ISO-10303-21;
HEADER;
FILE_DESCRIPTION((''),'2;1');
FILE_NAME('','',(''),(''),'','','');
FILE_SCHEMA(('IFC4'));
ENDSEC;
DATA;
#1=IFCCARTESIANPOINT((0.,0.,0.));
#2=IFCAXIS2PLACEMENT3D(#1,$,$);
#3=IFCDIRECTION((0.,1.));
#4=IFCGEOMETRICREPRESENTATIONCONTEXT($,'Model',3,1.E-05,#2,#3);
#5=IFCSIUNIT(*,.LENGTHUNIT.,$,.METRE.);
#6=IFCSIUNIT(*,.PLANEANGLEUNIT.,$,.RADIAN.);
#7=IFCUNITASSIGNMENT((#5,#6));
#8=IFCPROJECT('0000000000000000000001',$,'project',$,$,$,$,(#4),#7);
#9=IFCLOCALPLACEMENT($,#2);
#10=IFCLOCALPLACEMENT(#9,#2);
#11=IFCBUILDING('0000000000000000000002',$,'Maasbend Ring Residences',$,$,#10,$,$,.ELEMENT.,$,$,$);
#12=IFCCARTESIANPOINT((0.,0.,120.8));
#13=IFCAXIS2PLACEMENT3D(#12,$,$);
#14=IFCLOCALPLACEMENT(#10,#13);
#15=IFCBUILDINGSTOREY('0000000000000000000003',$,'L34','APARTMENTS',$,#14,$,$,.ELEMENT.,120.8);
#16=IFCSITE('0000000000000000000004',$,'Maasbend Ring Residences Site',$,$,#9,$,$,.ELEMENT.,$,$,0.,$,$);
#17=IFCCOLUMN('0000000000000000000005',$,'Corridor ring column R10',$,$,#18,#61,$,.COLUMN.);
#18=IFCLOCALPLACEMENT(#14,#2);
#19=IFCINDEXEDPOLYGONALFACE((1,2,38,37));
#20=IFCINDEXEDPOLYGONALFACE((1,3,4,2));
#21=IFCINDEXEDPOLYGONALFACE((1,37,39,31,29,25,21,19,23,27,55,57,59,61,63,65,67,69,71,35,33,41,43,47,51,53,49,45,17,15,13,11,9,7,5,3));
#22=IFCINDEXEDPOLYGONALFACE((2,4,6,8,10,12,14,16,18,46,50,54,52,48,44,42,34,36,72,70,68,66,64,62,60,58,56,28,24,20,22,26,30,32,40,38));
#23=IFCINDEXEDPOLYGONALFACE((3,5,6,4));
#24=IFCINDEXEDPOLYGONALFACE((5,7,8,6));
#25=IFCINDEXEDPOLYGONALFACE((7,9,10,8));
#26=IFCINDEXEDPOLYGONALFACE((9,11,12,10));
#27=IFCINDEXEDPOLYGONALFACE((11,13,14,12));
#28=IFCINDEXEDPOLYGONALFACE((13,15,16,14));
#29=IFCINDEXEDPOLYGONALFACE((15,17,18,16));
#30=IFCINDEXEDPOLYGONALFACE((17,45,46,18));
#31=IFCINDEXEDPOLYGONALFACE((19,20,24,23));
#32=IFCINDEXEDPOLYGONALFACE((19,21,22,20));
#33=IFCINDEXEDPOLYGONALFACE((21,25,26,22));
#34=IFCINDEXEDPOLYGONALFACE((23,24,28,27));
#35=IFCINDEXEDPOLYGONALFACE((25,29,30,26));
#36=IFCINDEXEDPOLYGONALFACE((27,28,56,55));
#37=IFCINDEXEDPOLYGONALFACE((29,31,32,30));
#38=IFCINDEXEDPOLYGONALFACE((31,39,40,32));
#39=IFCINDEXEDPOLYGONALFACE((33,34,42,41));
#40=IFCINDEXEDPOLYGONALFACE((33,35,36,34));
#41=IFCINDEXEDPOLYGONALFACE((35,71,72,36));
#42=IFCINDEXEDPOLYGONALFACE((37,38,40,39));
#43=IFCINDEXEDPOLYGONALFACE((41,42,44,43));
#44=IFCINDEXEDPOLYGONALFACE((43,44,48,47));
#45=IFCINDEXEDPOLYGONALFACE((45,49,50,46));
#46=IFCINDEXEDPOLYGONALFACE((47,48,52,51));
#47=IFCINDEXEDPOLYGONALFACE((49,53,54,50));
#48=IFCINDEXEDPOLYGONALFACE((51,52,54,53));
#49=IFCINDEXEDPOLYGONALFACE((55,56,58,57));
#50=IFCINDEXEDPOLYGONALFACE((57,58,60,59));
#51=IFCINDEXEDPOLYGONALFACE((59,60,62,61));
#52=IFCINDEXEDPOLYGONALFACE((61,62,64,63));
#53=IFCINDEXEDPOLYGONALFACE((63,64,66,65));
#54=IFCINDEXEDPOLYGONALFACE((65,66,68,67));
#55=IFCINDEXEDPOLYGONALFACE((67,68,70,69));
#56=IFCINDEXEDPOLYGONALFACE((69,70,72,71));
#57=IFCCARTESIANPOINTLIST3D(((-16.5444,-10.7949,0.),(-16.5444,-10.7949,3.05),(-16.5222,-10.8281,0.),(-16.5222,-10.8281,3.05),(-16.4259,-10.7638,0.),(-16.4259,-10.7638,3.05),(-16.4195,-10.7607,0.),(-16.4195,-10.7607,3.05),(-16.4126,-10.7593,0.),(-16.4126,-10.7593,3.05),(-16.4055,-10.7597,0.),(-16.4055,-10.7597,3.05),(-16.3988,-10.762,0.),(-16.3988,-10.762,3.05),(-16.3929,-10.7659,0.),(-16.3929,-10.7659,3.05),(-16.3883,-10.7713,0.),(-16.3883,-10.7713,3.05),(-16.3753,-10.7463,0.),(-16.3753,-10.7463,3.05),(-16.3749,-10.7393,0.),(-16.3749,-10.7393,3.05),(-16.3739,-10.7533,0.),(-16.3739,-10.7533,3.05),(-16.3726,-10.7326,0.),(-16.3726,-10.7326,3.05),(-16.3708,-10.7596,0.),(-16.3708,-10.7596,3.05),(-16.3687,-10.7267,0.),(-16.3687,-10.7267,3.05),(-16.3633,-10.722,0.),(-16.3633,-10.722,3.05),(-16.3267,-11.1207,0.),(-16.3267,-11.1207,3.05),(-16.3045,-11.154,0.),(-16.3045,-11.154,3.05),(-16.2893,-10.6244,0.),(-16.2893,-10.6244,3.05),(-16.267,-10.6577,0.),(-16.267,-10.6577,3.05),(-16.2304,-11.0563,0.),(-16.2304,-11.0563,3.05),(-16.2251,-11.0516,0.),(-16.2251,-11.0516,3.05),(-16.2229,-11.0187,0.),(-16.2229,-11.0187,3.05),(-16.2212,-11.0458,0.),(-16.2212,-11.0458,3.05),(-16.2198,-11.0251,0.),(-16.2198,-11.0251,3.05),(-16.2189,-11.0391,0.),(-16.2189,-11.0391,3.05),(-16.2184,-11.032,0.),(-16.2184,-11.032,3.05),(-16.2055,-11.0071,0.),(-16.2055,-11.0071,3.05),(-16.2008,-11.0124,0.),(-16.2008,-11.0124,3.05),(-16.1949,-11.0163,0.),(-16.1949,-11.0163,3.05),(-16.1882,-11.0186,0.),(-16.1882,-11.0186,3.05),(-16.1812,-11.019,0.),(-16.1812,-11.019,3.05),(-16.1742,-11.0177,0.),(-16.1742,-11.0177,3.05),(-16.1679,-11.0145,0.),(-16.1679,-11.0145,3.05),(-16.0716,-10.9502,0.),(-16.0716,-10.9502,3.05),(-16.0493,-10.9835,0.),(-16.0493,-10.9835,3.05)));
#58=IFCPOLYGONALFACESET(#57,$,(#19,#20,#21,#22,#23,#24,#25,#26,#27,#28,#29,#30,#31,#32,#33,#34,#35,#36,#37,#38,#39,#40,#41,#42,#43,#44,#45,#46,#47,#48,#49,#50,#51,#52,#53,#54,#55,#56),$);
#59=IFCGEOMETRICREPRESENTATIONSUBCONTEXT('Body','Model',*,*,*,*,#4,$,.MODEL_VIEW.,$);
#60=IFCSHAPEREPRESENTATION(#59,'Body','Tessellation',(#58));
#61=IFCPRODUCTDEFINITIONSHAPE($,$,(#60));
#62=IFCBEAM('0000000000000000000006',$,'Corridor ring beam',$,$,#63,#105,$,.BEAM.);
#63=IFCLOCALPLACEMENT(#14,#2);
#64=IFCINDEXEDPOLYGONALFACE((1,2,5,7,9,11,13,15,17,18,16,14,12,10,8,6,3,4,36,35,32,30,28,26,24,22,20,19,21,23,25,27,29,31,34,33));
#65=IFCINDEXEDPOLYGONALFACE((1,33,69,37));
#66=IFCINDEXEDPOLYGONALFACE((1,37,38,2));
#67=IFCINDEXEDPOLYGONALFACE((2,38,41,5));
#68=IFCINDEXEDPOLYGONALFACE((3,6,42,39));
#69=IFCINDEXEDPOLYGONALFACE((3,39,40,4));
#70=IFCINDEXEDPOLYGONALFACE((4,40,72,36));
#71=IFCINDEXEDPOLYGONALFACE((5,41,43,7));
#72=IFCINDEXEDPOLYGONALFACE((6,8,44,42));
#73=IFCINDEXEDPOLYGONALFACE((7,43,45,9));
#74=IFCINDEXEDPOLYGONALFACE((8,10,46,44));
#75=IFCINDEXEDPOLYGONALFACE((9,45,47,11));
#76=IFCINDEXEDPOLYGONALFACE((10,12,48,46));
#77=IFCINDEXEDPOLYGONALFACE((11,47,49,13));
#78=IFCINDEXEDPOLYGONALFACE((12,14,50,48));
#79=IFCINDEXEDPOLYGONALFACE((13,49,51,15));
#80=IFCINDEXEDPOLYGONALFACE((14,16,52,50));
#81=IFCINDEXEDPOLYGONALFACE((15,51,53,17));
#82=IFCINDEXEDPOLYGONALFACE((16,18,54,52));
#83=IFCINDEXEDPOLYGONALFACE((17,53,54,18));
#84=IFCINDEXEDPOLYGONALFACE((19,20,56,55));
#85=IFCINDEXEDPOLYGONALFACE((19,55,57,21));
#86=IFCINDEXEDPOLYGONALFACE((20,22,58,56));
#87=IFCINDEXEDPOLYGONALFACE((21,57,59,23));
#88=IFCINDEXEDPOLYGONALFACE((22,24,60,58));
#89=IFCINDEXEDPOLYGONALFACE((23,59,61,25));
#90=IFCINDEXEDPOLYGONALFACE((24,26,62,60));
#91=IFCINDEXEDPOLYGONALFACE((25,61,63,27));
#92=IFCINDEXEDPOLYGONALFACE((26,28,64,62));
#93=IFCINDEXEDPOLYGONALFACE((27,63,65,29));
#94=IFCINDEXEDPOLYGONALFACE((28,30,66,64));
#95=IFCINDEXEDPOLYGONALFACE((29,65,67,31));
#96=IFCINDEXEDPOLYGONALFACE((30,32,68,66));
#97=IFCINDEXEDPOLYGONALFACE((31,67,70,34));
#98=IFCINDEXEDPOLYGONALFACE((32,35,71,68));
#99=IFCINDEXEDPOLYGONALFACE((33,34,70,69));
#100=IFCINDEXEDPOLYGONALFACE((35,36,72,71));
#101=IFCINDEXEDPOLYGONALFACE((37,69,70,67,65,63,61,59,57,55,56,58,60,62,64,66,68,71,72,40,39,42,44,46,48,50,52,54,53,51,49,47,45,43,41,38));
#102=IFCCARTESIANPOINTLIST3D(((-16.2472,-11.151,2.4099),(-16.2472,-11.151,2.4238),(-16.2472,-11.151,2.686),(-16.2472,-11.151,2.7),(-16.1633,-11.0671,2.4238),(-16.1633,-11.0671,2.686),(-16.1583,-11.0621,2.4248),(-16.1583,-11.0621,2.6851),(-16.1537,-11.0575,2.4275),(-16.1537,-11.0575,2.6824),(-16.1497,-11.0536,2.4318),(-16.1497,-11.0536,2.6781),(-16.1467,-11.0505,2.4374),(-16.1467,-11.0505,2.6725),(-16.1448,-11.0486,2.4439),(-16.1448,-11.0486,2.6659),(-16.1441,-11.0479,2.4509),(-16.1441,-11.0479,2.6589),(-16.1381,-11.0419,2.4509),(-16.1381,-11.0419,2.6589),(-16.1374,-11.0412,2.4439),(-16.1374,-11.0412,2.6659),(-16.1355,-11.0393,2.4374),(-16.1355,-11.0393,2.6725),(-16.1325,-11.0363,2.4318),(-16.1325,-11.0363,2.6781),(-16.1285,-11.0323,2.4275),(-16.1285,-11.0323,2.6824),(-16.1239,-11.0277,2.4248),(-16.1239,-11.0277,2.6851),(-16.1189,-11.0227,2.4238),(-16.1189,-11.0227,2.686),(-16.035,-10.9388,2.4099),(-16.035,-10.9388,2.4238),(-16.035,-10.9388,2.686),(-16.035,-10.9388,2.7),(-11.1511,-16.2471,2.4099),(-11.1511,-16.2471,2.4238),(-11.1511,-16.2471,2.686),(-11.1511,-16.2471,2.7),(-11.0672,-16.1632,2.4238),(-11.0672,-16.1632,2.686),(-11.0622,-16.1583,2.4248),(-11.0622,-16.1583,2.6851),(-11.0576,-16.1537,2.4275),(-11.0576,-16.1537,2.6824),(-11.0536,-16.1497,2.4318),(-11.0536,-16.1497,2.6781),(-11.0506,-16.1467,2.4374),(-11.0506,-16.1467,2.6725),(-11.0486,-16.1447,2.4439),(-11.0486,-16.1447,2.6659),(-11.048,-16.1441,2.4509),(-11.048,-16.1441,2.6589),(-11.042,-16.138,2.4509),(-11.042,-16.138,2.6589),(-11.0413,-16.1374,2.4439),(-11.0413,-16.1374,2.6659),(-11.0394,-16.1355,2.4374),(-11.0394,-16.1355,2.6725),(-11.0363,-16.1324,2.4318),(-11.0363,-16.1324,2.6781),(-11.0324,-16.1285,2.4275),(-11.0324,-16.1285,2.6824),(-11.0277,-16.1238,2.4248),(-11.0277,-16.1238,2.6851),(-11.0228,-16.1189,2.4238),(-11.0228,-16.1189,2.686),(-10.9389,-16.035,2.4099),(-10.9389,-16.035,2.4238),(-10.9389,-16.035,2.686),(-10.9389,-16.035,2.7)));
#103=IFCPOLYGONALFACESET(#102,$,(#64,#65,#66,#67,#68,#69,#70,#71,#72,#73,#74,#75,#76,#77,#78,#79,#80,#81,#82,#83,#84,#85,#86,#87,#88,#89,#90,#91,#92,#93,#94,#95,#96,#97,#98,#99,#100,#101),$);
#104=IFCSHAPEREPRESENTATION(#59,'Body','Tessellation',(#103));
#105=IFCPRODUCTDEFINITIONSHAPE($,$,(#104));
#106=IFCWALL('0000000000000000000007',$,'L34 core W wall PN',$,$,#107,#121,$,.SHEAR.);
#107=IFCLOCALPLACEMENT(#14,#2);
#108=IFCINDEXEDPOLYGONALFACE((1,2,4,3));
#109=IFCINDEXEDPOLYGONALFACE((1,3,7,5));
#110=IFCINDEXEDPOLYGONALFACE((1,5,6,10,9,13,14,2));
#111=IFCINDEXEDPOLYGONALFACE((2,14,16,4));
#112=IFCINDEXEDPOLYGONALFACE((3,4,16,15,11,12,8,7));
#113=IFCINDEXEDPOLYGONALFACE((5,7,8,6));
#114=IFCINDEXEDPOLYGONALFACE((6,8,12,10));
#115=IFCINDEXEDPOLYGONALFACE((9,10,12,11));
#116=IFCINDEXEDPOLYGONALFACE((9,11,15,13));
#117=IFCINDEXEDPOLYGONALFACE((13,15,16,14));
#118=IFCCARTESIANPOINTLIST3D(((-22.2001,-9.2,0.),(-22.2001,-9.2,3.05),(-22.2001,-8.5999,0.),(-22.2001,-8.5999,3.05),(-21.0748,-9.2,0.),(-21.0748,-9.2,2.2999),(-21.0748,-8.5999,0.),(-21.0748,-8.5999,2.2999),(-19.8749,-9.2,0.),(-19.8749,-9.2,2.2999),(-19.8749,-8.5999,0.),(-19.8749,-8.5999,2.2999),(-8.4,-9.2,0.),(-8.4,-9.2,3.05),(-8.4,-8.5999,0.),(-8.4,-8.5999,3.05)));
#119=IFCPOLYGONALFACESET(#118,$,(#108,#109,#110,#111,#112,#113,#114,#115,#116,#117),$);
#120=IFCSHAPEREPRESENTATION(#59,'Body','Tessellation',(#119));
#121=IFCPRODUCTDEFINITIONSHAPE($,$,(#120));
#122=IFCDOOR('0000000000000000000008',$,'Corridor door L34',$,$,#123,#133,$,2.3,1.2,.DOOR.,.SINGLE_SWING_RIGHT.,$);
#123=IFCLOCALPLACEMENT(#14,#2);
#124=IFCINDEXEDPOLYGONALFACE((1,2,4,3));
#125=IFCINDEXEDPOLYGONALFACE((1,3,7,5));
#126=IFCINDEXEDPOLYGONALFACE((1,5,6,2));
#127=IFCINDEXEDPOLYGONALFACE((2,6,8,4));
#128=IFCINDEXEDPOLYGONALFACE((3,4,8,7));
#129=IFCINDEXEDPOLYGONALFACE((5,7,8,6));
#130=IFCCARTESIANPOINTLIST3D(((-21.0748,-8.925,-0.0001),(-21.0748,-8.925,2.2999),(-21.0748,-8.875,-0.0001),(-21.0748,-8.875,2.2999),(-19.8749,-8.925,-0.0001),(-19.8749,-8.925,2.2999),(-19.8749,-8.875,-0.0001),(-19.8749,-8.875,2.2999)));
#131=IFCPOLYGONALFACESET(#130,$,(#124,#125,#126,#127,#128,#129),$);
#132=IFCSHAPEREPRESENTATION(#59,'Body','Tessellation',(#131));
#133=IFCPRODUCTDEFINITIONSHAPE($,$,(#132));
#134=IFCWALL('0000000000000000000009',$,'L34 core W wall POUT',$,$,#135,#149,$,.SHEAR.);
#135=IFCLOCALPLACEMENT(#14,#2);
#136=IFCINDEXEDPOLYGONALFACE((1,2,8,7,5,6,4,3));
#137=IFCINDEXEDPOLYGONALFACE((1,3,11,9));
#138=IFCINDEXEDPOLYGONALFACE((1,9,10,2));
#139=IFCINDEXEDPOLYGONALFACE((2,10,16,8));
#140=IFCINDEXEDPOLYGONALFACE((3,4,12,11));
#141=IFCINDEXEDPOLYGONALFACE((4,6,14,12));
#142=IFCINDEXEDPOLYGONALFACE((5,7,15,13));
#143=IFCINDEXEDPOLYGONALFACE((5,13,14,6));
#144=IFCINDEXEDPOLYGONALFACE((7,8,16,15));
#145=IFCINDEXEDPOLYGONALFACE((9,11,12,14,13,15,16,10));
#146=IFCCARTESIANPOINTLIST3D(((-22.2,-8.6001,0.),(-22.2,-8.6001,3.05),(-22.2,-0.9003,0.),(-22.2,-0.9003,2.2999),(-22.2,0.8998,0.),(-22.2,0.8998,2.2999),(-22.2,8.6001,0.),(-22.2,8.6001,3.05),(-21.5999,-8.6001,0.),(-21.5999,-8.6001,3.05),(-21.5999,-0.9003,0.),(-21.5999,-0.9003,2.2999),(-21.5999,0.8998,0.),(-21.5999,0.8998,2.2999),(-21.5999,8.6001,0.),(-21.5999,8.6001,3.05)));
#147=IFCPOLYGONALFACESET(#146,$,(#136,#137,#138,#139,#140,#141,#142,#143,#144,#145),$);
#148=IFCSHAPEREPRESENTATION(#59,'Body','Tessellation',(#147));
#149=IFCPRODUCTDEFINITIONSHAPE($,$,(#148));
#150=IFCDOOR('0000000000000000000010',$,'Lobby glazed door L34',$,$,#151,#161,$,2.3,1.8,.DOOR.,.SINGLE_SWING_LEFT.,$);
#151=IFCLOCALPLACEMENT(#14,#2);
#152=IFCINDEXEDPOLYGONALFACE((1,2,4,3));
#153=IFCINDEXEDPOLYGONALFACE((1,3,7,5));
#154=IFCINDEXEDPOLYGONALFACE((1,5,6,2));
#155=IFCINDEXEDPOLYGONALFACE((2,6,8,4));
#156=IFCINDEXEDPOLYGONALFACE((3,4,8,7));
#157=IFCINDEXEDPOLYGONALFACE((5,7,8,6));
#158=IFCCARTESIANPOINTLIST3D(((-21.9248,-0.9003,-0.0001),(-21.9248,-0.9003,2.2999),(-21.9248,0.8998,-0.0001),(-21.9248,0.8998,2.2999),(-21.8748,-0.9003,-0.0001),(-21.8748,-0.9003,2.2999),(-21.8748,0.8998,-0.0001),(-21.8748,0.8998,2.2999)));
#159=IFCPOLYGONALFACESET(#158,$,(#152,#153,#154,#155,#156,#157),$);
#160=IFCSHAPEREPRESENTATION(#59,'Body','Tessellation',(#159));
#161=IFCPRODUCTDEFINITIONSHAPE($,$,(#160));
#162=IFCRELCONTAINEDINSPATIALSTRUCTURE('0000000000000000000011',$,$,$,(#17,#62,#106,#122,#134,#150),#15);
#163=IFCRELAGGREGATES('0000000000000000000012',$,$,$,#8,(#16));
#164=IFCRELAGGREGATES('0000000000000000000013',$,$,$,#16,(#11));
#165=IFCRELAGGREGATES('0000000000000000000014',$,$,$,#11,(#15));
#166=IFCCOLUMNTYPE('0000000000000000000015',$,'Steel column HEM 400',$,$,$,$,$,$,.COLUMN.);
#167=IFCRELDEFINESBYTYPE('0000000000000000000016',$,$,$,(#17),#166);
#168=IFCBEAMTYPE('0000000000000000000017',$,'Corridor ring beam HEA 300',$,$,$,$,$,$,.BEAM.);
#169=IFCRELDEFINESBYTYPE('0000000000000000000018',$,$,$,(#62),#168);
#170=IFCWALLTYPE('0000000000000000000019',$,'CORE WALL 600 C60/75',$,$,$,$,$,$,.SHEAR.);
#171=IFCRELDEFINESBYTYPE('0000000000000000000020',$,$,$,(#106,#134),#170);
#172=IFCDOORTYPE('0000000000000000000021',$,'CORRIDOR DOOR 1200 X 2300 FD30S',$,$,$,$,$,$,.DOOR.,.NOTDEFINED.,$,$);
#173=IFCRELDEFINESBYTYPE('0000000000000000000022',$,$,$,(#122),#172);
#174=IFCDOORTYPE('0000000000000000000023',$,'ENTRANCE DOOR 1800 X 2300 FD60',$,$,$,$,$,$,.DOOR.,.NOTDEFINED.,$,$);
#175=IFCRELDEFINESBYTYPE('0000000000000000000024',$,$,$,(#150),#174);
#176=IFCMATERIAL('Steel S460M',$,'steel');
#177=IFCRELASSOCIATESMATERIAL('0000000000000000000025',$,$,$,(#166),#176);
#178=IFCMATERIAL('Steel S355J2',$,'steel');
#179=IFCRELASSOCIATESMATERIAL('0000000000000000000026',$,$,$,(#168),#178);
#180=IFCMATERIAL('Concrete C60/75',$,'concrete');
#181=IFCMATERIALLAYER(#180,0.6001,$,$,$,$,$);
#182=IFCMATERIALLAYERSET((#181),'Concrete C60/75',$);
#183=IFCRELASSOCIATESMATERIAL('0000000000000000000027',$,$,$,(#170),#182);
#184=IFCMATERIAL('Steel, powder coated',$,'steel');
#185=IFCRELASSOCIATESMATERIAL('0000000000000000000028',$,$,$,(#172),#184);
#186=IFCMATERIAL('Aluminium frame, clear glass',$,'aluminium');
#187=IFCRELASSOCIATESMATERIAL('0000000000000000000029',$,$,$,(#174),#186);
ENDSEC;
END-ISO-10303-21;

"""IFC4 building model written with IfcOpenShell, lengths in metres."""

from ifc_helpers import new_model, si_unit, direction, frame, frame_2d, origin, origin_2d, place, context, subcontext, project, spatial, rectangle, i_section, extrude, material, layer, layer_set, material_profile, profile_set, type_object, element, fill, save


model = new_model("IFC4")

# Units and contexts
model_context = context("Model", 3, precision=1e-05, world=origin(), true_north=direction((0.0, 1.0)))
body_context = subcontext(model_context, "Body", "Model", "MODEL_VIEW")
ifc_project = project(units=[si_unit("LENGTHUNIT", "METRE"), si_unit("PLANEANGLEUNIT", "RADIAN")], contexts=[model_context])

# Site, building, storey
site_placement = place(None, origin())
site = spatial("IfcSite", under=ifc_project, at=site_placement, Name="Maasbend Ring Residences Site", CompositionType="ELEMENT", RefElevation=0.0)
building_placement = place(site_placement, origin())
building = spatial("IfcBuilding", under=site, at=building_placement, Name="Maasbend Ring Residences", CompositionType="ELEMENT")
storey_placement = place(building_placement, frame((0.0, 0.0, 120.8)))
storey = spatial("IfcBuildingStorey", under=building, at=storey_placement, Name="L34", Description="APARTMENTS", CompositionType="ELEMENT", Elevation=120.8)

# Column
ifc_material_1 = material(Name="Steel S460M", Category="steel")
ifc_material_profile_1 = material_profile(ifc_material_1, i_section(OverallWidth=0.3069, OverallDepth=0.4319, WebThickness=0.021, FlangeThickness=0.04, FilletRadius=0.0271, at=origin_2d()), Name="HEM 400")
ifc_profile_set_1 = profile_set([ifc_material_profile_1], Name="Steel S460M")
column_type = type_object("IfcColumnType", Name="Steel column HEM 400", PredefinedType="COLUMN", material=ifc_profile_set_1)
column_placement = place(storey_placement, frame((-16.2969, -10.8892, 0.0), z_axis=(0.0, 0.0, 1.0), x_axis=(-0.83147, -0.55557, 0.0)))
element("IfcColumn", 1, at=column_placement, inside=storey, type_object=column_type, Name="Corridor ring column R10", PredefinedType="COLUMN", context=body_context, shape_type="SweptSolid", body=[
    extrude(i_section(OverallWidth=0.3069, OverallDepth=0.4319, WebThickness=0.021, FlangeThickness=0.04, FilletRadius=0.0271, at=origin_2d()), origin(), (0.0, 0.0, 1.0), 3.05),
])

# Beam
ifc_material_2 = material(Name="Steel S355J2", Category="steel")
ifc_material_profile_2 = material_profile(ifc_material_2, i_section(OverallWidth=0.3, OverallDepth=0.29, WebThickness=0.0085, FlangeThickness=0.0139, FilletRadius=0.0271, at=origin_2d()), Name="HEA 300")
ifc_profile_set_2 = profile_set([ifc_material_profile_2], Name="Steel S355J2")
beam_type = type_object("IfcBeamType", Name="Corridor ring beam HEA 300", PredefinedType="BEAM", material=ifc_profile_set_2)
beam_placement = place(storey_placement, frame((-16.1411, -11.0449, 2.5549), z_axis=(0.707107, -0.707107, 0.0), x_axis=(0.707107, 0.707107, 0.0)))
element("IfcBeam", 2, at=beam_placement, inside=storey, type_object=beam_type, Name="Corridor ring beam", PredefinedType="BEAM", context=body_context, shape_type="SweptSolid", body=[
    extrude(i_section(OverallWidth=0.3, OverallDepth=0.29, WebThickness=0.0085, FlangeThickness=0.0139, FilletRadius=0.0271, at=origin_2d()), origin(), (0.0, 0.0, 1.0), 7.207),
])

# Walls, openings, doors
ifc_material_3 = material(Name="Concrete C60/75", Category="concrete")
ifc_layer_1 = layer(ifc_material_3, 0.6001)
ifc_layer_set_1 = layer_set([ifc_layer_1], Name="Concrete C60/75")
wall_type_1 = type_object("IfcWallType", Name="CORE WALL 600 C60/75", PredefinedType="SHEAR", material=ifc_layer_set_1)
wall_1_placement = place(storey_placement, frame((-22.2, -8.8999, 0.0), z_axis=(0.0, 0.0, 1.0), x_axis=(1.0, 0.0, 0.0)))
wall_1 = element("IfcWall", 3, at=wall_1_placement, inside=storey, type_object=wall_type_1, Name="L34 core W wall PN", PredefinedType="SHEAR", context=body_context, shape_type="SweptSolid", body=[
    extrude(rectangle(XDim=13.8, YDim=0.6001, at=frame_2d((6.8999, 0.0))), origin(), (0.0, 0.0, 1.0), 3.05),
])
opening_1_placement = place(wall_1_placement, frame((1.125, 0.0, 0.0)))
opening_1 = element("IfcOpeningElement", 4, at=opening_1_placement, cuts=wall_1, PredefinedType="OPENING", context=body_context, shape_type="SweptSolid", body=[
    extrude(rectangle(XDim=1.2, YDim=2.3, at=frame_2d((0.6001, 1.1499))), frame((0.0, 0.3101, 0.0), z_axis=(0.0, -1.0, 0.0), x_axis=(1.0, 0.0, 0.0)), (0.0, 0.0, 1.0), 0.6201),
])
ifc_material_4 = material(Name="Steel, powder coated", Category="steel")
door_type_1 = type_object("IfcDoorType", Name="CORRIDOR DOOR 1200 X 2300 FD30S", OperationType="NOTDEFINED", PredefinedType="DOOR", material=ifc_material_4)
door_1_placement = place(opening_1_placement, origin())
door_1 = element("IfcDoor", 5, at=door_1_placement, inside=storey, type_object=door_type_1, Name="Corridor door L34", OperationType="SINGLE_SWING_RIGHT", OverallHeight=2.3, OverallWidth=1.2, PredefinedType="DOOR", context=body_context, shape_type="SweptSolid", body=[
    extrude(rectangle(XDim=1.2, YDim=2.3, at=frame_2d((0.6001, 1.1499))), frame((0.0, 0.0249, 0.0), z_axis=(0.0, -1.0, 0.0), x_axis=(1.0, 0.0, 0.0)), (0.0, 0.0, 1.0), 0.05),
])
fill(opening_1, door_1)
wall_2_placement = place(storey_placement, frame((-21.8999, -8.6001, 0.0), z_axis=(0.0, 0.0, 1.0), x_axis=(0.0, 1.0, 0.0)))
wall_2 = element("IfcWall", 6, at=wall_2_placement, inside=storey, type_object=wall_type_1, Name="L34 core W wall POUT", PredefinedType="SHEAR", context=body_context, shape_type="SweptSolid", body=[
    extrude(rectangle(XDim=17.2002, YDim=0.6001, at=frame_2d((8.6001, 0.0))), origin(), (0.0, 0.0, 1.0), 3.05),
])
opening_2_placement = place(wall_2_placement, frame((7.7, 0.0, 0.0)))
opening_2 = element("IfcOpeningElement", 7, at=opening_2_placement, cuts=wall_2, PredefinedType="OPENING", context=body_context, shape_type="SweptSolid", body=[
    extrude(rectangle(XDim=1.8, YDim=2.3, at=frame_2d((0.8999, 1.1499))), frame((0.0, 0.3101, 0.0), z_axis=(0.0, -1.0, 0.0), x_axis=(1.0, 0.0, 0.0)), (0.0, 0.0, 1.0), 0.6201),
])
ifc_material_5 = material(Name="Aluminium frame, clear glass", Category="aluminium")
door_type_2 = type_object("IfcDoorType", Name="ENTRANCE DOOR 1800 X 2300 FD60", OperationType="NOTDEFINED", PredefinedType="DOOR", material=ifc_material_5)
door_2_placement = place(opening_2_placement, origin())
door_2 = element("IfcDoor", 8, at=door_2_placement, inside=storey, type_object=door_type_2, Name="Lobby glazed door L34", OperationType="SINGLE_SWING_LEFT", OverallHeight=2.3, OverallWidth=1.8, PredefinedType="DOOR", context=body_context, shape_type="SweptSolid", body=[
    extrude(rectangle(XDim=1.8, YDim=2.3, at=frame_2d((0.8999, 1.1499))), frame((0.0, 0.0249, 0.0), z_axis=(0.0, -1.0, 0.0), x_axis=(1.0, 0.0, 0.0)), (0.0, 0.0, 1.0), 0.05),
])
fill(opening_2, door_2)

save(model, "model.ifc")
